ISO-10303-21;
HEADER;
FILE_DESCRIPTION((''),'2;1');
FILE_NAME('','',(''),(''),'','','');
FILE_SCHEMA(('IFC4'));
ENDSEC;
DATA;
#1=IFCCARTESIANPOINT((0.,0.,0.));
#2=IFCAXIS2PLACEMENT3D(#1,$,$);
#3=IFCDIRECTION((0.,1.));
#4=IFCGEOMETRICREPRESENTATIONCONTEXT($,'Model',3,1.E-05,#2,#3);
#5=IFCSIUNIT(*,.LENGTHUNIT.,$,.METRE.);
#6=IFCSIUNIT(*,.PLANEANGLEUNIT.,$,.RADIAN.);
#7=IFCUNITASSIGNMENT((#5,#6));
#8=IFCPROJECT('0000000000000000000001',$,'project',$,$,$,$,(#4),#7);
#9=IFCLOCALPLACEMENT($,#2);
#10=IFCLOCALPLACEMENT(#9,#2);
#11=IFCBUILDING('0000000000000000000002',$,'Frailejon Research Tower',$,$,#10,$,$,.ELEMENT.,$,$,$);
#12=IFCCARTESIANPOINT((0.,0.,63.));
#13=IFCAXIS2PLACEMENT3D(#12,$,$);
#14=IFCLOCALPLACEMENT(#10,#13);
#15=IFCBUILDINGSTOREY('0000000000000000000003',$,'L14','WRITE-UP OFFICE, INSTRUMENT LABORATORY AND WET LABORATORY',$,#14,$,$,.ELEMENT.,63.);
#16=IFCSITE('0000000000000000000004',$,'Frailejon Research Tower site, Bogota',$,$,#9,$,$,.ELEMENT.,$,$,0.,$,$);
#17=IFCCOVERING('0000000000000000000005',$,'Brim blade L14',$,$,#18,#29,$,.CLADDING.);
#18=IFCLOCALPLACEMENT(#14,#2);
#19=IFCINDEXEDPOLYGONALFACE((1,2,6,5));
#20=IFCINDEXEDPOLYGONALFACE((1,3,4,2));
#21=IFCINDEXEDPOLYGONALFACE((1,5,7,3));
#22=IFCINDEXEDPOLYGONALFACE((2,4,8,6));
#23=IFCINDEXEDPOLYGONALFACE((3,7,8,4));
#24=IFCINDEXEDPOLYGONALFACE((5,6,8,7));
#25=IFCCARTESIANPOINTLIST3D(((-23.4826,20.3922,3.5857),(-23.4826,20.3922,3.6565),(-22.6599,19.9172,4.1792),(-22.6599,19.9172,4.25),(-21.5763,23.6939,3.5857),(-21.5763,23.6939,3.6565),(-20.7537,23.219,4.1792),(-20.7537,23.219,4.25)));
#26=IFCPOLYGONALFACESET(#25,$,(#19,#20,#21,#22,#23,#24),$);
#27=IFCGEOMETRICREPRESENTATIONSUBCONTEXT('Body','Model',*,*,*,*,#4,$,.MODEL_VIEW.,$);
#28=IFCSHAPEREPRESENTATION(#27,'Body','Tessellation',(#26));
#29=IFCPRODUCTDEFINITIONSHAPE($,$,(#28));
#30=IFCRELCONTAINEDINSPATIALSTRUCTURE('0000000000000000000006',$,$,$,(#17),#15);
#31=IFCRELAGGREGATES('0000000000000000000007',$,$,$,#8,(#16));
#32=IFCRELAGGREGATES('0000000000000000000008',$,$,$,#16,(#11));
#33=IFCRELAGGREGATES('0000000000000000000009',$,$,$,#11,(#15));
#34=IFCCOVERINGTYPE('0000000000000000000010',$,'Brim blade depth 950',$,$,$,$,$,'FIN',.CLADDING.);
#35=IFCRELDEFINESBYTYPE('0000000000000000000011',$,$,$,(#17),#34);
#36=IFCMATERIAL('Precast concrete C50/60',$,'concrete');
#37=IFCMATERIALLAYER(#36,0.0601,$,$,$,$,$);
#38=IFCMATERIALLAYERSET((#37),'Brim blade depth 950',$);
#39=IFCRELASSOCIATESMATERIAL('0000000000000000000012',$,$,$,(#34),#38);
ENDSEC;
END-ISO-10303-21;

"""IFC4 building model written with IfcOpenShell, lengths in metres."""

from ifc_helpers import new_model, si_unit, direction, frame, origin, place, context, subcontext, project, spatial, polyline, outline, extrude, material, layer, layer_set, type_object, element, save


model = new_model("IFC4")

# Units and contexts
model_context = context("Model", 3, precision=1e-05, world=origin(), true_north=direction((0.0, 1.0)))
body_context = subcontext(model_context, "Body", "Model", "MODEL_VIEW")
ifc_project = project(units=[si_unit("LENGTHUNIT", "METRE"), si_unit("PLANEANGLEUNIT", "RADIAN")], contexts=[model_context])

# Site, building, storey
site_placement = place(None, origin())
site = spatial("IfcSite", under=ifc_project, at=site_placement, Name="Frailejon Research Tower site, Bogota", CompositionType="ELEMENT", RefElevation=0.0)
building_placement = place(site_placement, origin())
building = spatial("IfcBuilding", under=site, at=building_placement, Name="Frailejon Research Tower", CompositionType="ELEMENT")
storey_placement = place(building_placement, frame((0.0, 0.0, 63.0)))
storey = spatial("IfcBuildingStorey", under=building, at=storey_placement, Name="L14", Description="WRITE-UP OFFICE, INSTRUMENT LABORATORY AND WET LABORATORY", CompositionType="ELEMENT", Elevation=63.0)

# Covering
ifc_material_1 = material(Name="Precast concrete C50/60", Category="concrete")
ifc_layer_1 = layer(ifc_material_1, 0.0601)
ifc_layer_set_1 = layer_set([ifc_layer_1], Name="Brim blade depth 950")
covering_type_1 = type_object("IfcCoveringType", Name="Brim blade depth 950", ElementType="FIN", PredefinedType="CLADDING", material=ifc_layer_set_1)
covering_1_placement = place(storey_placement, frame((-22.6599, 19.9172, 4.25), z_axis=(0.500001, 0.866025, 0.0), x_axis=(-0.866025, 0.500001, 0.0)))
element("IfcCovering", 1, at=covering_1_placement, inside=storey, type_object=covering_type_1, Name="Brim blade L14", PredefinedType="CLADDING", context=body_context, shape_type="SweptSolid", body=[
    extrude(outline(polyline([(0.0, -0.0708), (0.95, -0.6643), (0.95, -0.5935), (0.0, 0.0), (0.0, -0.0708)])), origin(), (0.0, 0.0, 1.0), 3.8125),
])

save(model, "model.ifc")
